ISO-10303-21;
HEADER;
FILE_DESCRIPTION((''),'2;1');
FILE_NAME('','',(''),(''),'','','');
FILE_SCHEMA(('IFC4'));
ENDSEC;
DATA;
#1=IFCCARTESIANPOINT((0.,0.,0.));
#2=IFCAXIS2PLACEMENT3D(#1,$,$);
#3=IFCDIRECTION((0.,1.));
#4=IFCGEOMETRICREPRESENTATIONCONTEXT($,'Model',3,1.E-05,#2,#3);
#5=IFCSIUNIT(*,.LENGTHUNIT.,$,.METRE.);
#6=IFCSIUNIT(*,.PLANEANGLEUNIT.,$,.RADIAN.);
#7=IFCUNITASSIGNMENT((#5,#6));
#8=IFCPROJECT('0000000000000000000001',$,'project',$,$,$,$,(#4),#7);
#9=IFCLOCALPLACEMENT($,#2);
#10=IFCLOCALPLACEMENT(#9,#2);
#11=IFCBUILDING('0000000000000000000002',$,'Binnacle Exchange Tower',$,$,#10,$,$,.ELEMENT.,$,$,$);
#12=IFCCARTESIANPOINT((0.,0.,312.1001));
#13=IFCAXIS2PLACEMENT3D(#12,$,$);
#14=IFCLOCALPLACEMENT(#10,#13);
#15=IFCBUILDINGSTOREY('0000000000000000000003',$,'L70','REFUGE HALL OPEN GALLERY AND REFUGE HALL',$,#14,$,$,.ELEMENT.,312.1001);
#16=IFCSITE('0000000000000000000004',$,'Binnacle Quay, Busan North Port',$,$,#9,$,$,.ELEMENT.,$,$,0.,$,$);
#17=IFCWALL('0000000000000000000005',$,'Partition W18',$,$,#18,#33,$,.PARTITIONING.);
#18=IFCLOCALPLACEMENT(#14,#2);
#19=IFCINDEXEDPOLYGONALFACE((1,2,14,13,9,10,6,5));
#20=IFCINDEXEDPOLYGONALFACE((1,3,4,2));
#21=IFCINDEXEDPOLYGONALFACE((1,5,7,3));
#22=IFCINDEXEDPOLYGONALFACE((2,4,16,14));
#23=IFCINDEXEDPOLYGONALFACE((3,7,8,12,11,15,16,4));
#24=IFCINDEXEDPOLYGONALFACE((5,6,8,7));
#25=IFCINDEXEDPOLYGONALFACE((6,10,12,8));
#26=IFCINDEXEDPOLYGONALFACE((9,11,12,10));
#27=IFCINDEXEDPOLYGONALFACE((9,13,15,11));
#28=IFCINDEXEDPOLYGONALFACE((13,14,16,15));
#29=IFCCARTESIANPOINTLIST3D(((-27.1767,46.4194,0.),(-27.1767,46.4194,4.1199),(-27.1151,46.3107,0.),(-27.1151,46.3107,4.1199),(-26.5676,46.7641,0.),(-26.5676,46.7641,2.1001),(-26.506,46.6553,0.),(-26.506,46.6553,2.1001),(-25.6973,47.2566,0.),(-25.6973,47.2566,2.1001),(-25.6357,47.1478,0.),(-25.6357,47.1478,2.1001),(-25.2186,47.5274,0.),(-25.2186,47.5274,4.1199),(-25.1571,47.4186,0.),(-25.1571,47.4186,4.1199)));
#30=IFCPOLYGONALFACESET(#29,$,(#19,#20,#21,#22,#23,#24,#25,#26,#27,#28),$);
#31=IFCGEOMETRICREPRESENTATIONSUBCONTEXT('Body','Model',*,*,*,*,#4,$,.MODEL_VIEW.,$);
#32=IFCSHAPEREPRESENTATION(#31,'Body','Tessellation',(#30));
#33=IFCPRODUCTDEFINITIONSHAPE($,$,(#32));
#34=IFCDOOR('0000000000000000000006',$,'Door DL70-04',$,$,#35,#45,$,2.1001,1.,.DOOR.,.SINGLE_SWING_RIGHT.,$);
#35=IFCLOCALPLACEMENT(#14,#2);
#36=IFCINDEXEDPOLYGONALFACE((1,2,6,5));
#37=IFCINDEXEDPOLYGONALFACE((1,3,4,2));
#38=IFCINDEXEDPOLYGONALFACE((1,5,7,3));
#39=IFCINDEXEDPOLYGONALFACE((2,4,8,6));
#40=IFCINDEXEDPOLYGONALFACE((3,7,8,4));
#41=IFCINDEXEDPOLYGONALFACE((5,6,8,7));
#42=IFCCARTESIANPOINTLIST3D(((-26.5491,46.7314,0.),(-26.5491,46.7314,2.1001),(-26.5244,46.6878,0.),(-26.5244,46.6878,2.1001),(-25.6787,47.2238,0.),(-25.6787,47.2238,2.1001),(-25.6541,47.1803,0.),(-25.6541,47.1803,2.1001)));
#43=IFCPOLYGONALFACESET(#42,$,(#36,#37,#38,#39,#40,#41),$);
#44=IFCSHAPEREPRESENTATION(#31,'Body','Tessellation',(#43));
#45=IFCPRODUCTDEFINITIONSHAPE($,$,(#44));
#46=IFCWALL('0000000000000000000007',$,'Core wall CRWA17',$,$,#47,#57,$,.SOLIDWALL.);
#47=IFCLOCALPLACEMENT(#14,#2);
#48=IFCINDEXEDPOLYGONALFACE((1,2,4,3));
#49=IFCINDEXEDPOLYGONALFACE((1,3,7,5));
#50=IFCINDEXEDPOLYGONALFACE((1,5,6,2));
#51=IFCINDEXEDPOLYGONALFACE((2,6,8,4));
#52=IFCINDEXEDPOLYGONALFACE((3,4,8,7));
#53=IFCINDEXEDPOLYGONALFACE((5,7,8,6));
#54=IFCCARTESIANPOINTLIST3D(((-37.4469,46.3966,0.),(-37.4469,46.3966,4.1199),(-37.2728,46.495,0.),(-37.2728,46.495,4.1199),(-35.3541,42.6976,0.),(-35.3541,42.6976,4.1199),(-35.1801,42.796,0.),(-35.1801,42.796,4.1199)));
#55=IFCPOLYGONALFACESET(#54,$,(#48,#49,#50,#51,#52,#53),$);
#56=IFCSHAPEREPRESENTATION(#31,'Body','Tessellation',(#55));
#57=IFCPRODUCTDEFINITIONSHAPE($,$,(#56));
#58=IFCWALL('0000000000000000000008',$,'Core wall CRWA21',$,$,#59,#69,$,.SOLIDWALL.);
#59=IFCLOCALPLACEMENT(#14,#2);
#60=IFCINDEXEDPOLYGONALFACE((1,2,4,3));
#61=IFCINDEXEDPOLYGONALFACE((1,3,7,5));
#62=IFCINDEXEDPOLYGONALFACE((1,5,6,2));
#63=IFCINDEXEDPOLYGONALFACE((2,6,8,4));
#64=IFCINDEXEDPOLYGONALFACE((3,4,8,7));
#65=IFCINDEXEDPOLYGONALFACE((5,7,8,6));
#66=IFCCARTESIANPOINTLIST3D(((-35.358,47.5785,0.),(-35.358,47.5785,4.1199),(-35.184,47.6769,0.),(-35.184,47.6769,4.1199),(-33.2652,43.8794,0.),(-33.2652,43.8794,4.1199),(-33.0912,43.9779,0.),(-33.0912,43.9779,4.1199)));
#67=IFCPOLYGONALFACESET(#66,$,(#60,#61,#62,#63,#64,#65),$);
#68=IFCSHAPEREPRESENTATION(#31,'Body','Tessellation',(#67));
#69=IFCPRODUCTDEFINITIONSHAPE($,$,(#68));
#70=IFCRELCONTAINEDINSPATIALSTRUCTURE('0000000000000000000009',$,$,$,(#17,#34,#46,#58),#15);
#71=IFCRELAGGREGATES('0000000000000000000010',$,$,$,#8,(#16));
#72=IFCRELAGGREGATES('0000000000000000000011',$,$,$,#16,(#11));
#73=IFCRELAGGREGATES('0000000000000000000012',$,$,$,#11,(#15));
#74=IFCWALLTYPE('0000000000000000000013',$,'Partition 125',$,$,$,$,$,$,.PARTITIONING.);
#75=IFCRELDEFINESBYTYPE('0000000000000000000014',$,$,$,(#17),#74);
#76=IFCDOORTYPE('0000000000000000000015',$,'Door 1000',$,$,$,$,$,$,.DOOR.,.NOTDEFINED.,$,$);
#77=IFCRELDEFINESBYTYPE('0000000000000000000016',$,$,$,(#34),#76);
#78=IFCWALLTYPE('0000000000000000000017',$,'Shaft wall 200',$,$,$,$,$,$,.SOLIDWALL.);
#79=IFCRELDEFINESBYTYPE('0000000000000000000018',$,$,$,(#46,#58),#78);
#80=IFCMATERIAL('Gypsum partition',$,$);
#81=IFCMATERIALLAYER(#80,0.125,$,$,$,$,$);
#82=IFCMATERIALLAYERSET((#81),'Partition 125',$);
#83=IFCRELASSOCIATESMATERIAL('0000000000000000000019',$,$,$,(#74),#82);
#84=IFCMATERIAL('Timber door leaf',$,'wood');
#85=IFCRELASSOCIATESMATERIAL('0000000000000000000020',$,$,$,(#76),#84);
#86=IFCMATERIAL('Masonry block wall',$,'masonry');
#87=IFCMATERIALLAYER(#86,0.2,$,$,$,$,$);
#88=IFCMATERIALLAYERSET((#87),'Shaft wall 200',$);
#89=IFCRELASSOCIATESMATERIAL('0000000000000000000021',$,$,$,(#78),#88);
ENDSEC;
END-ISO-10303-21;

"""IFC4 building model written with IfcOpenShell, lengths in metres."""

from ifc_helpers import new_model, si_unit, direction, frame, frame_2d, origin, place, context, subcontext, project, spatial, rectangle, extrude, material, layer, layer_set, type_object, element, fill, save


model = new_model("IFC4")

# Units and contexts
model_context = context("Model", 3, precision=1e-05, world=origin(), true_north=direction((0.0, 1.0)))
body_context = subcontext(model_context, "Body", "Model", "MODEL_VIEW")
ifc_project = project(units=[si_unit("LENGTHUNIT", "METRE"), si_unit("PLANEANGLEUNIT", "RADIAN")], contexts=[model_context])

# Site, building, storey
site_placement = place(None, origin())
site = spatial("IfcSite", under=ifc_project, at=site_placement, Name="Binnacle Quay, Busan North Port", CompositionType="ELEMENT", RefElevation=0.0)
building_placement = place(site_placement, origin())
building = spatial("IfcBuilding", under=site, at=building_placement, Name="Binnacle Exchange Tower", CompositionType="ELEMENT")
storey_placement = place(building_placement, frame((0.0, 0.0, 312.1001)))
storey = spatial("IfcBuildingStorey", under=building, at=storey_placement, Name="L70", Description="REFUGE HALL OPEN GALLERY AND REFUGE HALL", CompositionType="ELEMENT", Elevation=312.1001)

# Shared definitions
ifc_material_1 = material(Name="Gypsum partition")
ifc_layer_1 = layer(ifc_material_1, 0.125)
ifc_layer_set_1 = layer_set([ifc_layer_1], Name="Partition 125")
wall_type_1 = type_object("IfcWallType", Name="Partition 125", PredefinedType="PARTITIONING", material=ifc_layer_set_1)

# Wall, opening, door
wall_1_placement = place(storey_placement, frame((-27.146, 46.365, 0.0), z_axis=(0.0, 0.0, 1.0), x_axis=(0.870332, 0.492465, 0.0)))
wall_1 = element("IfcWall", 1, at=wall_1_placement, inside=storey, type_object=wall_type_1, Name="Partition W18", PredefinedType="PARTITIONING", context=body_context, shape_type="SweptSolid", body=[
    extrude(rectangle(XDim=2.2498, YDim=0.125, at=frame_2d((1.125, 0.0))), origin(), (0.0, 0.0, 1.0), 4.1199),
])
opening_1_placement = place(wall_1_placement, frame((0.7, 0.0, 0.0)))
opening_1 = element("IfcOpeningElement", 2, at=opening_1_placement, cuts=wall_1, PredefinedType="OPENING", context=body_context, shape_type="SweptSolid", body=[
    extrude(rectangle(XDim=1.0, YDim=2.1001, at=frame_2d((0.5, 1.05))), frame((0.0, 0.0725, 0.0), z_axis=(0.0, -1.0, 0.0), x_axis=(1.0, 0.0, 0.0)), (0.0, 0.0, 1.0), 0.145),
])
ifc_material_2 = material(Name="Timber door leaf", Category="wood")
door_type_1 = type_object("IfcDoorType", Name="Door 1000", OperationType="NOTDEFINED", PredefinedType="DOOR", material=ifc_material_2)
door_1_placement = place(opening_1_placement, origin())
door_1 = element("IfcDoor", 3, at=door_1_placement, inside=storey, type_object=door_type_1, Name="Door DL70-04", OperationType="SINGLE_SWING_RIGHT", OverallHeight=2.1001, OverallWidth=1.0, PredefinedType="DOOR", context=body_context, shape_type="SweptSolid", body=[
    extrude(rectangle(XDim=1.0, YDim=2.1001, at=frame_2d((0.5, 1.05))), frame((0.0, 0.0249, 0.0), z_axis=(0.0, -1.0, 0.0), x_axis=(1.0, 0.0, 0.0)), (0.0, 0.0, 1.0), 0.05),
])
fill(opening_1, door_1)

# Walls
ifc_material_3 = material(Name="Masonry block wall", Category="masonry")
ifc_layer_2 = layer(ifc_material_3, 0.2)
ifc_layer_set_2 = layer_set([ifc_layer_2], Name="Shaft wall 200")
wall_type_2 = type_object("IfcWallType", Name="Shaft wall 200", PredefinedType="SOLIDWALL", material=ifc_layer_set_2)
for number, where, z_axis, x_axis, name in (
    (4, (-37.3599, 46.4458, 0.0), (0.0, 0.0, 1.0), (0.492423, -0.870356, 0.0), "Core wall CRWA17"),
    (5, (-35.271, 47.6277, 0.0), (0.0, 0.0, 1.0), (0.492423, -0.870356, 0.0), "Core wall CRWA21"),
):
    element("IfcWall", number, at=place(storey_placement, frame(where, z_axis=z_axis, x_axis=x_axis)), inside=storey, type_object=wall_type_2, Name=name, PredefinedType="SOLIDWALL", context=body_context, shape_type="SweptSolid", body=[
        extrude(rectangle(XDim=4.25, YDim=0.2, at=frame_2d((2.125, 0.0))), origin(), (0.0, 0.0, 1.0), 4.1199),
    ])

save(model, "model.ifc")
